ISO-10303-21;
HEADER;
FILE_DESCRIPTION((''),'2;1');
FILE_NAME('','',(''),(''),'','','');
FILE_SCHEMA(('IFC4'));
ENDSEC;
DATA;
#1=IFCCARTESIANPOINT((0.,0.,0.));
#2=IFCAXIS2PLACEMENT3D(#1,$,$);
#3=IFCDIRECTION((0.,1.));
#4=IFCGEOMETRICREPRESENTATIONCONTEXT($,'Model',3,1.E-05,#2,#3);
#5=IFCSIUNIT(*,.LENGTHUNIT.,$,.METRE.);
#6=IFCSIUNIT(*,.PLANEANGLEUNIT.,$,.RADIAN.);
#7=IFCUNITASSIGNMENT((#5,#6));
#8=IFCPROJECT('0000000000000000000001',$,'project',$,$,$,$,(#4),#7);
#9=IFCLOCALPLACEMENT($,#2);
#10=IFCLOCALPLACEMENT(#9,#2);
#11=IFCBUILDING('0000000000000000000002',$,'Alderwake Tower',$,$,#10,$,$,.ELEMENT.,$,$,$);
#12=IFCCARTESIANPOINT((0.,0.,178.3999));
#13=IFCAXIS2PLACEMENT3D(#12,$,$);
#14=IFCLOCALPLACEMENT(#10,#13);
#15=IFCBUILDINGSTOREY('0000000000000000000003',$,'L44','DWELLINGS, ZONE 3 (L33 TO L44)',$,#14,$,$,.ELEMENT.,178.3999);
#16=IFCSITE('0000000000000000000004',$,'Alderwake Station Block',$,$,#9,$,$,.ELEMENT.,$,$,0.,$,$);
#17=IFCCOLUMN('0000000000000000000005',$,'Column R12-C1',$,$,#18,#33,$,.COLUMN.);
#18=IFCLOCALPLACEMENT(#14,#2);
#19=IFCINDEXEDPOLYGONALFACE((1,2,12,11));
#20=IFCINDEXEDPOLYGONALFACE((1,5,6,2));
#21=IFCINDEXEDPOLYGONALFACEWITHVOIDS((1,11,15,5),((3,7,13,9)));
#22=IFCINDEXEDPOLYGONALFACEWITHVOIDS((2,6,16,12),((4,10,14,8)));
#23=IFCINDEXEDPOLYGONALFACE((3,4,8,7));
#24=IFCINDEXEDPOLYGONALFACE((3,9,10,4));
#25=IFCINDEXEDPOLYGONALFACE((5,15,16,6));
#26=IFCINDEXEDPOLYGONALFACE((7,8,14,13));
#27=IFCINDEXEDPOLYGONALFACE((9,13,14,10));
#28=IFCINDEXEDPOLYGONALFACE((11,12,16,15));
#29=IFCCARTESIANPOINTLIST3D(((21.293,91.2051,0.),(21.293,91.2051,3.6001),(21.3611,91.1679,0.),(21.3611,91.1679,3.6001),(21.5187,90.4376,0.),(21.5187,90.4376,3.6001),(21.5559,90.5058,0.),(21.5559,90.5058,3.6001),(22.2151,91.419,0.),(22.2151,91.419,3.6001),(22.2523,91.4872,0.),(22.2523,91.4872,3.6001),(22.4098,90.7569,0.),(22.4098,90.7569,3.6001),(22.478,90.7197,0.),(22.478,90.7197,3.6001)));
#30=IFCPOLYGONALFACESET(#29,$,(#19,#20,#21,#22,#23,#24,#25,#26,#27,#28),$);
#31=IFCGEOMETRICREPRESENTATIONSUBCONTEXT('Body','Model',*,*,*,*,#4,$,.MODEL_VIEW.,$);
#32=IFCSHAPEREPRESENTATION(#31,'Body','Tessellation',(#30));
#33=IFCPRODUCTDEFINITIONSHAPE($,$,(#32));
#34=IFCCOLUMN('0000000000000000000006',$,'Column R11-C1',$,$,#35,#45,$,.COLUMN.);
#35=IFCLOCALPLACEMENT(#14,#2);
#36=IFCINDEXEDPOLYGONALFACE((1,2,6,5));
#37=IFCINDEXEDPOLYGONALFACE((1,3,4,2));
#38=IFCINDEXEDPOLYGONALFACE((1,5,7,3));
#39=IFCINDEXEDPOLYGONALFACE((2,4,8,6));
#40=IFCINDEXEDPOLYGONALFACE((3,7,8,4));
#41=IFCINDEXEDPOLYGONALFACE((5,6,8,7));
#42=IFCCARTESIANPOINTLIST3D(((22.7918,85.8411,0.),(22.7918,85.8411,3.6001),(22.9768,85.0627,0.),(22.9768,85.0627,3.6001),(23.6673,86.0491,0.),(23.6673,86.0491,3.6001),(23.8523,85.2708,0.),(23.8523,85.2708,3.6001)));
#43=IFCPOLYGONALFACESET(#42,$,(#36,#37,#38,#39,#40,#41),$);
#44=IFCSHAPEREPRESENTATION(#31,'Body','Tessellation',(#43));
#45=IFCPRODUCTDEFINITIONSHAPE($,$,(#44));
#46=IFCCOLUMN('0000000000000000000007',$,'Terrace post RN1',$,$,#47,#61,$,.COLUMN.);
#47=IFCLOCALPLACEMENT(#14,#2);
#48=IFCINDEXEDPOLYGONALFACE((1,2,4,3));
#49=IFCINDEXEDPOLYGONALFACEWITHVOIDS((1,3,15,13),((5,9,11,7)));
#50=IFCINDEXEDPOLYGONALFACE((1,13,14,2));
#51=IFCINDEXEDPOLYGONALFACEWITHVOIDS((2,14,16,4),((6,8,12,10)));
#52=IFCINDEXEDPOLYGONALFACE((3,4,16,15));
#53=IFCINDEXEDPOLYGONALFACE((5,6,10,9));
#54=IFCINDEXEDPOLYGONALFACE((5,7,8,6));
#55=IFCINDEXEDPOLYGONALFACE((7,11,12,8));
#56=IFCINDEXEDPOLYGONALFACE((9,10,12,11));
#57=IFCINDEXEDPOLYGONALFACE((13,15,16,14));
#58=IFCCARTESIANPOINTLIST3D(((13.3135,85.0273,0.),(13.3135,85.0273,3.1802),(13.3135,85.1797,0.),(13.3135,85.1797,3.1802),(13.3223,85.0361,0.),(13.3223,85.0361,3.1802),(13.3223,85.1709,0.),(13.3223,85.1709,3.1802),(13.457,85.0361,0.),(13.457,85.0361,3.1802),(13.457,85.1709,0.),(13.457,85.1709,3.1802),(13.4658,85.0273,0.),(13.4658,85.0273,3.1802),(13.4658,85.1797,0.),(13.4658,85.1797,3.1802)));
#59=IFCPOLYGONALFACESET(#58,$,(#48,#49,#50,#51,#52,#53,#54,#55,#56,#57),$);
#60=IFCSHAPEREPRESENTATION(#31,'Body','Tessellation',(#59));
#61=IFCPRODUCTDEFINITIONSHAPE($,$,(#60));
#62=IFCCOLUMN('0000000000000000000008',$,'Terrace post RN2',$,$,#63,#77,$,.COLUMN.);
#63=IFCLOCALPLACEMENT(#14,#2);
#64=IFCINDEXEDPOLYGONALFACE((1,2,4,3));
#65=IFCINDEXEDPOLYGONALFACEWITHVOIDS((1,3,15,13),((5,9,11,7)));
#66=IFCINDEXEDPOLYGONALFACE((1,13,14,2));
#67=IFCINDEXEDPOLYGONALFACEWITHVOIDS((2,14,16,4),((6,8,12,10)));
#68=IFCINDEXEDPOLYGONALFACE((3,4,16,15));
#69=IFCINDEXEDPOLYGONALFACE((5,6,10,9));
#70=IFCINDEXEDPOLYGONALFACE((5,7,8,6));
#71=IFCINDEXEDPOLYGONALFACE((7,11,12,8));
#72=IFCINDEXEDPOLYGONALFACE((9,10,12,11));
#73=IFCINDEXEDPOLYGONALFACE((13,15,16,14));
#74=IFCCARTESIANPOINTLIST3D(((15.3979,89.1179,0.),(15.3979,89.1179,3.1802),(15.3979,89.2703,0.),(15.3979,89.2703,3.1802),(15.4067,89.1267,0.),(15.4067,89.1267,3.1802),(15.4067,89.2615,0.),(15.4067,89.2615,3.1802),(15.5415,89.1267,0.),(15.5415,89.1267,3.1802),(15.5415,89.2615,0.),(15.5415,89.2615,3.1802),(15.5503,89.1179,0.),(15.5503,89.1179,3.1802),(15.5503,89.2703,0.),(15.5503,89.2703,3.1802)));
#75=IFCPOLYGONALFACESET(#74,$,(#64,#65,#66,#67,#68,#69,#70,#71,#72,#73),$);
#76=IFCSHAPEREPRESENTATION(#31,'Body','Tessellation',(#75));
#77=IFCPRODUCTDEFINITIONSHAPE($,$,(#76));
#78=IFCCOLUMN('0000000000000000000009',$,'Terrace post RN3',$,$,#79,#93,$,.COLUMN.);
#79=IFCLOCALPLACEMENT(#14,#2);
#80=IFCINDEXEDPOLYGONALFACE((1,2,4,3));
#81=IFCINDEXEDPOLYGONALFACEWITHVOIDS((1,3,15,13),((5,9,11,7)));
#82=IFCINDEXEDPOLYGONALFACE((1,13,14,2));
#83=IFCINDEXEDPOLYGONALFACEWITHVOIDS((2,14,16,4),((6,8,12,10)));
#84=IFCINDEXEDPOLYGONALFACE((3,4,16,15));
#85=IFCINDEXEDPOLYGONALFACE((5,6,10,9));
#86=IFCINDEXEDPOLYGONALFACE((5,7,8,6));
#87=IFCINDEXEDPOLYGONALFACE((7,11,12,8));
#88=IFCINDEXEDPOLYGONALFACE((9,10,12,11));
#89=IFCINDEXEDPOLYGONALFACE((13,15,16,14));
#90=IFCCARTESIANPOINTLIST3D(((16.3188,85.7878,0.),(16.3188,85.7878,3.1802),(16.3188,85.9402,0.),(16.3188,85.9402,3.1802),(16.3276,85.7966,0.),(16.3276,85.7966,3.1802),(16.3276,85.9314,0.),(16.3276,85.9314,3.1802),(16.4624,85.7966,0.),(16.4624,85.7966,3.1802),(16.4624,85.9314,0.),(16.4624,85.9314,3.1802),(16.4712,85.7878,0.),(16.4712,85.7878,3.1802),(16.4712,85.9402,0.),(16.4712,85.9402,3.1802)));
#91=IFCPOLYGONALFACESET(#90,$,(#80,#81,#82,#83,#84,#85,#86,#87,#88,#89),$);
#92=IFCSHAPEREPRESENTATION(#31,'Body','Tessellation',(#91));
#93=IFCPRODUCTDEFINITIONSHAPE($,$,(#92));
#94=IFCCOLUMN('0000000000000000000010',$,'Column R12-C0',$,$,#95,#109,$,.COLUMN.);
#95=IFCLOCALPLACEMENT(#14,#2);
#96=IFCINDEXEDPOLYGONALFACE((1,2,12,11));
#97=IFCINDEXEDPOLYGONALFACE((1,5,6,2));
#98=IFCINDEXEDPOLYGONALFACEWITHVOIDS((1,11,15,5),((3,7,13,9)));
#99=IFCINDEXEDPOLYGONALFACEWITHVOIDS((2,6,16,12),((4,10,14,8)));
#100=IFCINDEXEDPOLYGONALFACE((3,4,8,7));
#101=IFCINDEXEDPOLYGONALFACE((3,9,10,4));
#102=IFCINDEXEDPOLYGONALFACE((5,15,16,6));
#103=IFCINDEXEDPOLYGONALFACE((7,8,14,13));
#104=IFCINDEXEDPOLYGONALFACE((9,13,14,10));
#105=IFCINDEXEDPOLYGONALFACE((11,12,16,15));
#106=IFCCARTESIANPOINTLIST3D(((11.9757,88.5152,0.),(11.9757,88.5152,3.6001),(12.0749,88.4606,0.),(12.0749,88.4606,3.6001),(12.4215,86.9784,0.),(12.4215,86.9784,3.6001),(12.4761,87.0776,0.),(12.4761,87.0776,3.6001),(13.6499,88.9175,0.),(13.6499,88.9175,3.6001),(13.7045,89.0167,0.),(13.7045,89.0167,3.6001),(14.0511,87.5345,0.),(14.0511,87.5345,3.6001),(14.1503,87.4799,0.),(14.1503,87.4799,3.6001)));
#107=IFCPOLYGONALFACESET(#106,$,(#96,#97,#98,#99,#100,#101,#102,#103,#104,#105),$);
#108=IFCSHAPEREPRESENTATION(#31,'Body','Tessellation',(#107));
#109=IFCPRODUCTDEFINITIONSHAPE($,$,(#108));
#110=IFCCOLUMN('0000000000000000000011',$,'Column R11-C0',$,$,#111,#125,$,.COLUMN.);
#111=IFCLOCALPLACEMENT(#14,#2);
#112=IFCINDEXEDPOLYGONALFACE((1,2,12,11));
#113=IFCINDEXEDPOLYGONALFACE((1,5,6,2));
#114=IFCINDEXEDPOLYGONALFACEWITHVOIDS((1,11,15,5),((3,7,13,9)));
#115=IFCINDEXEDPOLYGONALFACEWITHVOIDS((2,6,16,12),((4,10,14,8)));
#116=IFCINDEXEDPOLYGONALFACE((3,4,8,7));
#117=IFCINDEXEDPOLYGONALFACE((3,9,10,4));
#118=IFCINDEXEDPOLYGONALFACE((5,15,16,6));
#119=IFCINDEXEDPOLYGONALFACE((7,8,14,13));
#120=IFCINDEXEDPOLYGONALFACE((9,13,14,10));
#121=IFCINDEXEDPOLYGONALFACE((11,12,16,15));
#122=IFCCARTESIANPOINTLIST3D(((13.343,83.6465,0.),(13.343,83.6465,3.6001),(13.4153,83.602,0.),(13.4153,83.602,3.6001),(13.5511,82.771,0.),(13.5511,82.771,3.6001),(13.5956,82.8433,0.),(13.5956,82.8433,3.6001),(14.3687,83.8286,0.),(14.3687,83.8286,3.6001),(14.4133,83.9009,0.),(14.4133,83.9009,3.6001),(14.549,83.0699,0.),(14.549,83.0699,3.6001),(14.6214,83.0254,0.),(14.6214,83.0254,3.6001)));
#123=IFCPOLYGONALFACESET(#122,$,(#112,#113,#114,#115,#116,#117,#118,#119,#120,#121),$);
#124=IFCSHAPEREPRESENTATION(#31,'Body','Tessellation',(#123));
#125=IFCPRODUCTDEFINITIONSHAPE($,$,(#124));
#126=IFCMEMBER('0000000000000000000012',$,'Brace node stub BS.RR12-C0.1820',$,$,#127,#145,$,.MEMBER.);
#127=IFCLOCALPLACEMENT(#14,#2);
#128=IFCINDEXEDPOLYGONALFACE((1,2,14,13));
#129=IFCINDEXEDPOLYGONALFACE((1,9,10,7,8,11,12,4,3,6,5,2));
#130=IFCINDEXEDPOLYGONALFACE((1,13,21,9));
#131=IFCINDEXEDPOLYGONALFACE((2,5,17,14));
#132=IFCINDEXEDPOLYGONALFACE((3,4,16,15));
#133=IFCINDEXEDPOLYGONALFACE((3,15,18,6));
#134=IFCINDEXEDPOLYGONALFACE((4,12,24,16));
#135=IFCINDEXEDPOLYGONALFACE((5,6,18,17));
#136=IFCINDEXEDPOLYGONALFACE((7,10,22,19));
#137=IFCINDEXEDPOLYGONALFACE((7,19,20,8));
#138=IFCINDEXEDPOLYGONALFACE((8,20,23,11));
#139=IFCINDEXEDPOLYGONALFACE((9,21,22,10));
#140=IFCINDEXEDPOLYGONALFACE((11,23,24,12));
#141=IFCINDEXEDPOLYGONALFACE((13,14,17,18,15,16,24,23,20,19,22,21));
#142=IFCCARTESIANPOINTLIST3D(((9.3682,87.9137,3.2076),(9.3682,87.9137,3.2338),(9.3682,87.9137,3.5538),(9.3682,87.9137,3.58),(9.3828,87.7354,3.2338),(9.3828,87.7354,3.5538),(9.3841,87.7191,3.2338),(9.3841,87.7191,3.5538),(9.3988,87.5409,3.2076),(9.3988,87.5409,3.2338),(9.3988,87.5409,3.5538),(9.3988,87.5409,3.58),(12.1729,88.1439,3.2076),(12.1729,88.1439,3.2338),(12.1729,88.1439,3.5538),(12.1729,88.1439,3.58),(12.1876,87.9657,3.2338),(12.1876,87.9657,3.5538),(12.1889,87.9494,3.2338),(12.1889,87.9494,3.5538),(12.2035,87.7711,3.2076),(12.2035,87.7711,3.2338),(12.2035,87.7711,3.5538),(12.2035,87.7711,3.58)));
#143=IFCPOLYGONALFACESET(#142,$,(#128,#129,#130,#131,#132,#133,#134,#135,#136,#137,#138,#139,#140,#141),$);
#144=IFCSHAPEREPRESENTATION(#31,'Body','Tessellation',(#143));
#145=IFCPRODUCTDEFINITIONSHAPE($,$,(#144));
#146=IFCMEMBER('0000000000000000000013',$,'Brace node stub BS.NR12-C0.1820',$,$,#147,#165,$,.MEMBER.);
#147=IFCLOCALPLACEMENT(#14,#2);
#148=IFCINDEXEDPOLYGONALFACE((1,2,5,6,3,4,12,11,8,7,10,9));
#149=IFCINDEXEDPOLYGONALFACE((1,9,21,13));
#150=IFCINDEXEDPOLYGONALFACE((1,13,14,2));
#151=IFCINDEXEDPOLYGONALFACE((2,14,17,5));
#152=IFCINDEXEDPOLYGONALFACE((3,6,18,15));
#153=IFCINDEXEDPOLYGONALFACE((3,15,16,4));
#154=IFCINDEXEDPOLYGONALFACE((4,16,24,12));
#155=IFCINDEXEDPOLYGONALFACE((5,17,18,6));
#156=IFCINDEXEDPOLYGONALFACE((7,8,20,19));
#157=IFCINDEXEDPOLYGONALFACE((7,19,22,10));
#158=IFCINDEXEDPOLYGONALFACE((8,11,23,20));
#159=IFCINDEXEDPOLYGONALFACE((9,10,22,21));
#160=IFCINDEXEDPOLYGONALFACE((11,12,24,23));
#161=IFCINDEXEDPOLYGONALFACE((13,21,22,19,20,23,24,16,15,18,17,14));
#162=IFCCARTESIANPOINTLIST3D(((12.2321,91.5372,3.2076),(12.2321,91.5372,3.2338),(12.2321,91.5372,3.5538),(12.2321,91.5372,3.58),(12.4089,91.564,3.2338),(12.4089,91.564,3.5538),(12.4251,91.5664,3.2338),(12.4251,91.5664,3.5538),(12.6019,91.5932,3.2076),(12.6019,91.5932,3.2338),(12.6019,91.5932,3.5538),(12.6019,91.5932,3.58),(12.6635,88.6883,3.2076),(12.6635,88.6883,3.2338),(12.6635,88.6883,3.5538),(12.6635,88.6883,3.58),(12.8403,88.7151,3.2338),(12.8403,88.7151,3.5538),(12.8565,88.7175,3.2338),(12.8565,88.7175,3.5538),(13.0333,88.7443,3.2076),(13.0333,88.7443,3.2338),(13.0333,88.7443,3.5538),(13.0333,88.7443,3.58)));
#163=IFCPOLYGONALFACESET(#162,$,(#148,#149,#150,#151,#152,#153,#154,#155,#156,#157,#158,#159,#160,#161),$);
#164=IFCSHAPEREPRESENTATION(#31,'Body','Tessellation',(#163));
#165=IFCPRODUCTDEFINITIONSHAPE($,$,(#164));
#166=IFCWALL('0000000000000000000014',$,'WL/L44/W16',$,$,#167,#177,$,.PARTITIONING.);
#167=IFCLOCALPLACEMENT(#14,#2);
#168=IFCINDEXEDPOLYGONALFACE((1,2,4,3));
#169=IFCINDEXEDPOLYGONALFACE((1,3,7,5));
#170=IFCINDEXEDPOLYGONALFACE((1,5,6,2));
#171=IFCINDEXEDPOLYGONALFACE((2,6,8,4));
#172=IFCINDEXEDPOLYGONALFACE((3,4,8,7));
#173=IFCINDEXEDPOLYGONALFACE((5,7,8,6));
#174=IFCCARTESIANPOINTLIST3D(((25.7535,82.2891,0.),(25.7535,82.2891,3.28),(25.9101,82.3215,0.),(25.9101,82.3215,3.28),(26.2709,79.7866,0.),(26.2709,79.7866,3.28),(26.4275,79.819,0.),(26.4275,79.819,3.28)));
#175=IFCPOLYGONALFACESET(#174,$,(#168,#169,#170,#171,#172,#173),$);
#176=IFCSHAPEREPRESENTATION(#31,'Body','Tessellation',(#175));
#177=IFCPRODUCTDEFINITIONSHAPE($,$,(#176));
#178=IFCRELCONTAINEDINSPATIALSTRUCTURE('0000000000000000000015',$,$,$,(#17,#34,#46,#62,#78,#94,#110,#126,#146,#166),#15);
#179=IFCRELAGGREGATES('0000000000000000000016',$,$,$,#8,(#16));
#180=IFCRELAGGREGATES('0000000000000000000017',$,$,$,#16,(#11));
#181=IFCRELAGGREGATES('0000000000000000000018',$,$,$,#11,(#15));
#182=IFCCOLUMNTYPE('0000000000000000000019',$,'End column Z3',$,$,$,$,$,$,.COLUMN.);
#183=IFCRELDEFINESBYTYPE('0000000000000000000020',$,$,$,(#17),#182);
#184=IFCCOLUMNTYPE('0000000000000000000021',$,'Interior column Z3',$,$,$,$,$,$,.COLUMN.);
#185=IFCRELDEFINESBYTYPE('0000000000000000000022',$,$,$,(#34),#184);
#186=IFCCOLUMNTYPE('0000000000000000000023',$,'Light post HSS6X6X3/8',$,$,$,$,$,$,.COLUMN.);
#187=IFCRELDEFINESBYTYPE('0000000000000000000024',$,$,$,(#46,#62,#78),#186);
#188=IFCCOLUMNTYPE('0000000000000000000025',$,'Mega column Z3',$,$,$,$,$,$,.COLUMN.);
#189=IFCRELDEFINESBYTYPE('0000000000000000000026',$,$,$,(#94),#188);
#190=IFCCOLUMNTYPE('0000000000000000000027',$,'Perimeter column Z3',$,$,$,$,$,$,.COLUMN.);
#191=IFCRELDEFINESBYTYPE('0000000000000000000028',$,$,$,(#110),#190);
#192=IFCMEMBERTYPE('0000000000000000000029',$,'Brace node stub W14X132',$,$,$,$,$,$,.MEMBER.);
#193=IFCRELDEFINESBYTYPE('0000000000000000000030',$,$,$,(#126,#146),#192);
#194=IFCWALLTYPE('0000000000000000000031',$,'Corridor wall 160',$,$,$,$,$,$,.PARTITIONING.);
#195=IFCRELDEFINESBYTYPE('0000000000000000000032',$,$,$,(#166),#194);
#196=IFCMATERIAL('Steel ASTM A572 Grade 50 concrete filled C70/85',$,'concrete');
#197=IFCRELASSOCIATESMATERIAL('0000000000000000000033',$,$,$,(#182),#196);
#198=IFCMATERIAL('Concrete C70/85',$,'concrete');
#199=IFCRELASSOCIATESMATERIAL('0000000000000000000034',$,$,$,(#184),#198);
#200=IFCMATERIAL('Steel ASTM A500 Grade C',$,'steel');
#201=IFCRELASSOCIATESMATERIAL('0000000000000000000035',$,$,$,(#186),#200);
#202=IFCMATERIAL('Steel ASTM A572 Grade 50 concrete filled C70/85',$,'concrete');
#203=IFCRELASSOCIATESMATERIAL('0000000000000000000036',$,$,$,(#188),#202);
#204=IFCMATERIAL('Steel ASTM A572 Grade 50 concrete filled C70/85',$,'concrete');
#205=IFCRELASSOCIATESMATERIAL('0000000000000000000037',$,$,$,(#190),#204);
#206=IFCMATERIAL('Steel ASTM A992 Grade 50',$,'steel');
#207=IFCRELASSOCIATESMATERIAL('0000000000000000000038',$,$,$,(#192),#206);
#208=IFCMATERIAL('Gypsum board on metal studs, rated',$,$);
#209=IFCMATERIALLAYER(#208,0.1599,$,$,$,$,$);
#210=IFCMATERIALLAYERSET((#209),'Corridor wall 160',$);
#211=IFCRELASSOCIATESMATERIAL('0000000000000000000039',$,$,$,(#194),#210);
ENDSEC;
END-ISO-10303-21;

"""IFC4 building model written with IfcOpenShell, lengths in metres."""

from ifc_helpers import new_model, si_unit, direction, frame, frame_2d, origin, origin_2d, place, context, subcontext, project, spatial, rectangle, hollow_rectangle, i_section, extrude, material, layer, layer_set, material_profile, profile_set, type_object, element, save


model = new_model("IFC4")

# Units and contexts
model_context = context("Model", 3, precision=1e-05, world=origin(), true_north=direction((0.0, 1.0)))
body_context = subcontext(model_context, "Body", "Model", "MODEL_VIEW")
ifc_project = project(units=[si_unit("LENGTHUNIT", "METRE"), si_unit("PLANEANGLEUNIT", "RADIAN")], contexts=[model_context])

# Site, building, storey
site_placement = place(None, origin())
site = spatial("IfcSite", under=ifc_project, at=site_placement, Name="Alderwake Station Block", CompositionType="ELEMENT", RefElevation=0.0)
building_placement = place(site_placement, origin())
building = spatial("IfcBuilding", under=site, at=building_placement, Name="Alderwake Tower", CompositionType="ELEMENT")
storey_placement = place(building_placement, frame((0.0, 0.0, 178.3999)))
storey = spatial("IfcBuildingStorey", under=building, at=storey_placement, Name="L44", Description="DWELLINGS, ZONE 3 (L33 TO L44)", CompositionType="ELEMENT", Elevation=178.3999)

# Columns
ifc_material_1 = material(Name="Steel ASTM A572 Grade 50 concrete filled C70/85", Category="concrete")
ifc_material_profile_1 = material_profile(ifc_material_1, hollow_rectangle(XDim=0.8, YDim=1.0, WallThickness=0.0549, at=origin_2d()), Name="BOX 1000X800X55")
ifc_profile_set_1 = profile_set([ifc_material_profile_1], Name="Steel ASTM A572 Grade 50 concrete filled C70/85")
column_type_1 = type_object("IfcColumnType", Name="End column Z3", PredefinedType="COLUMN", material=ifc_profile_set_1)
column_1_placement = place(storey_placement, frame((21.8855, 90.9624, 0.0), z_axis=(0.0, 0.0, 1.0), x_axis=(-0.282132, 0.959376, 0.0)))
element("IfcColumn", 1, at=column_1_placement, inside=storey, type_object=column_type_1, Name="Column R12-C1", PredefinedType="COLUMN", context=body_context, shape_type="SweptSolid", body=[
    extrude(hollow_rectangle(XDim=0.8, YDim=1.0, WallThickness=0.0549, at=origin_2d()), origin(), (0.0, 0.0, 1.0), 3.6001),
])
ifc_material_2 = material(Name="Concrete C70/85", Category="concrete")
ifc_material_profile_2 = material_profile(ifc_material_2, rectangle(XDim=0.8, YDim=0.8999, at=origin_2d()), Name="RC 900X800")
ifc_profile_set_2 = profile_set([ifc_material_profile_2], Name="Concrete C70/85")
column_type_2 = type_object("IfcColumnType", Name="Interior column Z3", PredefinedType="COLUMN", material=ifc_profile_set_2)
column_2_placement = place(storey_placement, frame((23.322, 85.5559, 0.0), z_axis=(0.0, 0.0, 1.0), x_axis=(-0.231222, 0.972901, 0.0)))
element("IfcColumn", 2, at=column_2_placement, inside=storey, type_object=column_type_2, Name="Column R11-C1", PredefinedType="COLUMN", context=body_context, shape_type="SweptSolid", body=[
    extrude(rectangle(XDim=0.8, YDim=0.8999, at=origin_2d()), origin(), (0.0, 0.0, 1.0), 3.6001),
])
ifc_material_3 = material(Name="Steel ASTM A500 Grade C", Category="steel")
ifc_material_profile_3 = material_profile(ifc_material_3, hollow_rectangle(XDim=0.1523, YDim=0.1523, WallThickness=0.0088, at=origin_2d()), Name="HSS6X6X3/8")
ifc_profile_set_3 = profile_set([ifc_material_profile_3], Name="Steel ASTM A500 Grade C")
column_type_3 = type_object("IfcColumnType", Name="Light post HSS6X6X3/8", PredefinedType="COLUMN", material=ifc_profile_set_3)
for number, where, z_axis, x_axis, name in (
    (3, (13.3896, 85.1035, 0.0), (0.0, 0.0, 1.0), (1.0, 0.0, 0.0), "Terrace post RN1"),
    (4, (15.4741, 89.1941, 0.0), (0.0, 0.0, 1.0), (1.0, 0.0, 0.0), "Terrace post RN2"),
    (5, (16.395, 85.864, 0.0), (0.0, 0.0, 1.0), (1.0, 0.0, 0.0), "Terrace post RN3"),
):
    element("IfcColumn", number, at=place(storey_placement, frame(where, z_axis=z_axis, x_axis=x_axis)), inside=storey, type_object=column_type_3, Name=name, PredefinedType="COLUMN", context=body_context, shape_type="SweptSolid", body=[
        extrude(hollow_rectangle(XDim=0.1523, YDim=0.1523, WallThickness=0.0088, at=origin_2d()), origin(), (0.0, 0.0, 1.0), 3.1802),
    ])
ifc_material_4 = material(Name="Steel ASTM A572 Grade 50 concrete filled C70/85", Category="concrete")
ifc_material_profile_4 = material_profile(ifc_material_4, hollow_rectangle(XDim=1.6001, YDim=1.8, WallThickness=0.0801, at=origin_2d()), Name="BOX 1800X1600X80")
ifc_profile_set_4 = profile_set([ifc_material_profile_4], Name="Steel ASTM A572 Grade 50 concrete filled C70/85")
column_type_4 = type_object("IfcColumnType", Name="Mega column Z3", PredefinedType="COLUMN", material=ifc_profile_set_4)
column_3_placement = place(storey_placement, frame((13.063, 87.9976, 0.0), z_axis=(0.0, 0.0, 1.0), x_axis=(-0.278612, 0.960404, 0.0)))
element("IfcColumn", 6, at=column_3_placement, inside=storey, type_object=column_type_4, Name="Column R12-C0", PredefinedType="COLUMN", context=body_context, shape_type="SweptSolid", body=[
    extrude(hollow_rectangle(XDim=1.6001, YDim=1.8, WallThickness=0.0801, at=origin_2d()), origin(), (0.0, 0.0, 1.0), 3.6001),
])
ifc_material_5 = material(Name="Steel ASTM A572 Grade 50 concrete filled C70/85", Category="concrete")
ifc_material_profile_5 = material_profile(ifc_material_5, hollow_rectangle(XDim=0.8999, YDim=1.1001, WallThickness=0.0601, at=origin_2d()), Name="BOX 1100X900X60")
ifc_profile_set_5 = profile_set([ifc_material_profile_5], Name="Steel ASTM A572 Grade 50 concrete filled C70/85")
column_type_5 = type_object("IfcColumnType", Name="Perimeter column Z3", PredefinedType="COLUMN", material=ifc_profile_set_5)
column_4_placement = place(storey_placement, frame((13.9822, 83.3359, 0.0), z_axis=(0.0, 0.0, 1.0), x_axis=(-0.231222, 0.972901, 0.0)))
element("IfcColumn", 7, at=column_4_placement, inside=storey, type_object=column_type_5, Name="Column R11-C0", PredefinedType="COLUMN", context=body_context, shape_type="SweptSolid", body=[
    extrude(hollow_rectangle(XDim=0.8999, YDim=1.1001, WallThickness=0.0601, at=origin_2d()), origin(), (0.0, 0.0, 1.0), 3.6001),
])

# Members
ifc_material_6 = material(Name="Steel ASTM A992 Grade 50", Category="steel")
ifc_material_profile_6 = material_profile(ifc_material_6, i_section(OverallWidth=0.374, OverallDepth=0.3723, WebThickness=0.0164, FlangeThickness=0.0261, at=origin_2d()), Name="W14X132")
ifc_profile_set_6 = profile_set([ifc_material_profile_6], Name="Steel ASTM A992 Grade 50")
member_type = type_object("IfcMemberType", Name="Brace node stub W14X132", PredefinedType="MEMBER", material=ifc_profile_set_6)
member_1_placement = place(storey_placement, frame((12.1882, 87.9575, 3.3938), z_axis=(-0.996648, -0.08181, 0.0), x_axis=(0.08181, -0.996648, 0.0)))
element("IfcMember", 8, at=member_1_placement, inside=storey, type_object=member_type, Name="Brace node stub BS.RR12-C0.1820", PredefinedType="MEMBER", context=body_context, shape_type="SweptSolid", body=[
    extrude(i_section(OverallWidth=0.374, OverallDepth=0.3723, WebThickness=0.0164, FlangeThickness=0.0261, at=origin_2d()), origin(), (0.0, 0.0, 1.0), 2.8142),
])
member_2_placement = place(storey_placement, frame((12.8484, 88.7163, 3.3938), z_axis=(-0.14972, 0.988728, 0.0), x_axis=(-0.988728, -0.14972, 0.0)))
element("IfcMember", 9, at=member_2_placement, inside=storey, type_object=member_type, Name="Brace node stub BS.NR12-C0.1820", PredefinedType="MEMBER", context=body_context, shape_type="SweptSolid", body=[
    extrude(i_section(OverallWidth=0.374, OverallDepth=0.3723, WebThickness=0.0164, FlangeThickness=0.0261, at=origin_2d()), origin(), (0.0, 0.0, 1.0), 2.8813),
])

# Wall
ifc_material_7 = material(Name="Gypsum board on metal studs, rated")
ifc_layer_1 = layer(ifc_material_7, 0.1599)
ifc_layer_set_1 = layer_set([ifc_layer_1], Name="Corridor wall 160")
wall_type_1 = type_object("IfcWallType", Name="Corridor wall 160", PredefinedType="PARTITIONING", material=ifc_layer_set_1)
wall_1_placement = place(storey_placement, frame((25.8318, 82.3054, 0.0), z_axis=(0.0, 0.0, 1.0), x_axis=(0.202451, -0.979292, 0.0)))
element("IfcWall", 10, at=wall_1_placement, inside=storey, type_object=wall_type_1, Name="WL/L44/W16", PredefinedType="PARTITIONING", context=body_context, shape_type="SweptSolid", body=[
    extrude(rectangle(XDim=2.5554, YDim=0.1599, at=frame_2d((1.2778, 0.0))), origin(), (0.0, 0.0, 1.0), 3.28),
])

save(model, "model.ifc")
